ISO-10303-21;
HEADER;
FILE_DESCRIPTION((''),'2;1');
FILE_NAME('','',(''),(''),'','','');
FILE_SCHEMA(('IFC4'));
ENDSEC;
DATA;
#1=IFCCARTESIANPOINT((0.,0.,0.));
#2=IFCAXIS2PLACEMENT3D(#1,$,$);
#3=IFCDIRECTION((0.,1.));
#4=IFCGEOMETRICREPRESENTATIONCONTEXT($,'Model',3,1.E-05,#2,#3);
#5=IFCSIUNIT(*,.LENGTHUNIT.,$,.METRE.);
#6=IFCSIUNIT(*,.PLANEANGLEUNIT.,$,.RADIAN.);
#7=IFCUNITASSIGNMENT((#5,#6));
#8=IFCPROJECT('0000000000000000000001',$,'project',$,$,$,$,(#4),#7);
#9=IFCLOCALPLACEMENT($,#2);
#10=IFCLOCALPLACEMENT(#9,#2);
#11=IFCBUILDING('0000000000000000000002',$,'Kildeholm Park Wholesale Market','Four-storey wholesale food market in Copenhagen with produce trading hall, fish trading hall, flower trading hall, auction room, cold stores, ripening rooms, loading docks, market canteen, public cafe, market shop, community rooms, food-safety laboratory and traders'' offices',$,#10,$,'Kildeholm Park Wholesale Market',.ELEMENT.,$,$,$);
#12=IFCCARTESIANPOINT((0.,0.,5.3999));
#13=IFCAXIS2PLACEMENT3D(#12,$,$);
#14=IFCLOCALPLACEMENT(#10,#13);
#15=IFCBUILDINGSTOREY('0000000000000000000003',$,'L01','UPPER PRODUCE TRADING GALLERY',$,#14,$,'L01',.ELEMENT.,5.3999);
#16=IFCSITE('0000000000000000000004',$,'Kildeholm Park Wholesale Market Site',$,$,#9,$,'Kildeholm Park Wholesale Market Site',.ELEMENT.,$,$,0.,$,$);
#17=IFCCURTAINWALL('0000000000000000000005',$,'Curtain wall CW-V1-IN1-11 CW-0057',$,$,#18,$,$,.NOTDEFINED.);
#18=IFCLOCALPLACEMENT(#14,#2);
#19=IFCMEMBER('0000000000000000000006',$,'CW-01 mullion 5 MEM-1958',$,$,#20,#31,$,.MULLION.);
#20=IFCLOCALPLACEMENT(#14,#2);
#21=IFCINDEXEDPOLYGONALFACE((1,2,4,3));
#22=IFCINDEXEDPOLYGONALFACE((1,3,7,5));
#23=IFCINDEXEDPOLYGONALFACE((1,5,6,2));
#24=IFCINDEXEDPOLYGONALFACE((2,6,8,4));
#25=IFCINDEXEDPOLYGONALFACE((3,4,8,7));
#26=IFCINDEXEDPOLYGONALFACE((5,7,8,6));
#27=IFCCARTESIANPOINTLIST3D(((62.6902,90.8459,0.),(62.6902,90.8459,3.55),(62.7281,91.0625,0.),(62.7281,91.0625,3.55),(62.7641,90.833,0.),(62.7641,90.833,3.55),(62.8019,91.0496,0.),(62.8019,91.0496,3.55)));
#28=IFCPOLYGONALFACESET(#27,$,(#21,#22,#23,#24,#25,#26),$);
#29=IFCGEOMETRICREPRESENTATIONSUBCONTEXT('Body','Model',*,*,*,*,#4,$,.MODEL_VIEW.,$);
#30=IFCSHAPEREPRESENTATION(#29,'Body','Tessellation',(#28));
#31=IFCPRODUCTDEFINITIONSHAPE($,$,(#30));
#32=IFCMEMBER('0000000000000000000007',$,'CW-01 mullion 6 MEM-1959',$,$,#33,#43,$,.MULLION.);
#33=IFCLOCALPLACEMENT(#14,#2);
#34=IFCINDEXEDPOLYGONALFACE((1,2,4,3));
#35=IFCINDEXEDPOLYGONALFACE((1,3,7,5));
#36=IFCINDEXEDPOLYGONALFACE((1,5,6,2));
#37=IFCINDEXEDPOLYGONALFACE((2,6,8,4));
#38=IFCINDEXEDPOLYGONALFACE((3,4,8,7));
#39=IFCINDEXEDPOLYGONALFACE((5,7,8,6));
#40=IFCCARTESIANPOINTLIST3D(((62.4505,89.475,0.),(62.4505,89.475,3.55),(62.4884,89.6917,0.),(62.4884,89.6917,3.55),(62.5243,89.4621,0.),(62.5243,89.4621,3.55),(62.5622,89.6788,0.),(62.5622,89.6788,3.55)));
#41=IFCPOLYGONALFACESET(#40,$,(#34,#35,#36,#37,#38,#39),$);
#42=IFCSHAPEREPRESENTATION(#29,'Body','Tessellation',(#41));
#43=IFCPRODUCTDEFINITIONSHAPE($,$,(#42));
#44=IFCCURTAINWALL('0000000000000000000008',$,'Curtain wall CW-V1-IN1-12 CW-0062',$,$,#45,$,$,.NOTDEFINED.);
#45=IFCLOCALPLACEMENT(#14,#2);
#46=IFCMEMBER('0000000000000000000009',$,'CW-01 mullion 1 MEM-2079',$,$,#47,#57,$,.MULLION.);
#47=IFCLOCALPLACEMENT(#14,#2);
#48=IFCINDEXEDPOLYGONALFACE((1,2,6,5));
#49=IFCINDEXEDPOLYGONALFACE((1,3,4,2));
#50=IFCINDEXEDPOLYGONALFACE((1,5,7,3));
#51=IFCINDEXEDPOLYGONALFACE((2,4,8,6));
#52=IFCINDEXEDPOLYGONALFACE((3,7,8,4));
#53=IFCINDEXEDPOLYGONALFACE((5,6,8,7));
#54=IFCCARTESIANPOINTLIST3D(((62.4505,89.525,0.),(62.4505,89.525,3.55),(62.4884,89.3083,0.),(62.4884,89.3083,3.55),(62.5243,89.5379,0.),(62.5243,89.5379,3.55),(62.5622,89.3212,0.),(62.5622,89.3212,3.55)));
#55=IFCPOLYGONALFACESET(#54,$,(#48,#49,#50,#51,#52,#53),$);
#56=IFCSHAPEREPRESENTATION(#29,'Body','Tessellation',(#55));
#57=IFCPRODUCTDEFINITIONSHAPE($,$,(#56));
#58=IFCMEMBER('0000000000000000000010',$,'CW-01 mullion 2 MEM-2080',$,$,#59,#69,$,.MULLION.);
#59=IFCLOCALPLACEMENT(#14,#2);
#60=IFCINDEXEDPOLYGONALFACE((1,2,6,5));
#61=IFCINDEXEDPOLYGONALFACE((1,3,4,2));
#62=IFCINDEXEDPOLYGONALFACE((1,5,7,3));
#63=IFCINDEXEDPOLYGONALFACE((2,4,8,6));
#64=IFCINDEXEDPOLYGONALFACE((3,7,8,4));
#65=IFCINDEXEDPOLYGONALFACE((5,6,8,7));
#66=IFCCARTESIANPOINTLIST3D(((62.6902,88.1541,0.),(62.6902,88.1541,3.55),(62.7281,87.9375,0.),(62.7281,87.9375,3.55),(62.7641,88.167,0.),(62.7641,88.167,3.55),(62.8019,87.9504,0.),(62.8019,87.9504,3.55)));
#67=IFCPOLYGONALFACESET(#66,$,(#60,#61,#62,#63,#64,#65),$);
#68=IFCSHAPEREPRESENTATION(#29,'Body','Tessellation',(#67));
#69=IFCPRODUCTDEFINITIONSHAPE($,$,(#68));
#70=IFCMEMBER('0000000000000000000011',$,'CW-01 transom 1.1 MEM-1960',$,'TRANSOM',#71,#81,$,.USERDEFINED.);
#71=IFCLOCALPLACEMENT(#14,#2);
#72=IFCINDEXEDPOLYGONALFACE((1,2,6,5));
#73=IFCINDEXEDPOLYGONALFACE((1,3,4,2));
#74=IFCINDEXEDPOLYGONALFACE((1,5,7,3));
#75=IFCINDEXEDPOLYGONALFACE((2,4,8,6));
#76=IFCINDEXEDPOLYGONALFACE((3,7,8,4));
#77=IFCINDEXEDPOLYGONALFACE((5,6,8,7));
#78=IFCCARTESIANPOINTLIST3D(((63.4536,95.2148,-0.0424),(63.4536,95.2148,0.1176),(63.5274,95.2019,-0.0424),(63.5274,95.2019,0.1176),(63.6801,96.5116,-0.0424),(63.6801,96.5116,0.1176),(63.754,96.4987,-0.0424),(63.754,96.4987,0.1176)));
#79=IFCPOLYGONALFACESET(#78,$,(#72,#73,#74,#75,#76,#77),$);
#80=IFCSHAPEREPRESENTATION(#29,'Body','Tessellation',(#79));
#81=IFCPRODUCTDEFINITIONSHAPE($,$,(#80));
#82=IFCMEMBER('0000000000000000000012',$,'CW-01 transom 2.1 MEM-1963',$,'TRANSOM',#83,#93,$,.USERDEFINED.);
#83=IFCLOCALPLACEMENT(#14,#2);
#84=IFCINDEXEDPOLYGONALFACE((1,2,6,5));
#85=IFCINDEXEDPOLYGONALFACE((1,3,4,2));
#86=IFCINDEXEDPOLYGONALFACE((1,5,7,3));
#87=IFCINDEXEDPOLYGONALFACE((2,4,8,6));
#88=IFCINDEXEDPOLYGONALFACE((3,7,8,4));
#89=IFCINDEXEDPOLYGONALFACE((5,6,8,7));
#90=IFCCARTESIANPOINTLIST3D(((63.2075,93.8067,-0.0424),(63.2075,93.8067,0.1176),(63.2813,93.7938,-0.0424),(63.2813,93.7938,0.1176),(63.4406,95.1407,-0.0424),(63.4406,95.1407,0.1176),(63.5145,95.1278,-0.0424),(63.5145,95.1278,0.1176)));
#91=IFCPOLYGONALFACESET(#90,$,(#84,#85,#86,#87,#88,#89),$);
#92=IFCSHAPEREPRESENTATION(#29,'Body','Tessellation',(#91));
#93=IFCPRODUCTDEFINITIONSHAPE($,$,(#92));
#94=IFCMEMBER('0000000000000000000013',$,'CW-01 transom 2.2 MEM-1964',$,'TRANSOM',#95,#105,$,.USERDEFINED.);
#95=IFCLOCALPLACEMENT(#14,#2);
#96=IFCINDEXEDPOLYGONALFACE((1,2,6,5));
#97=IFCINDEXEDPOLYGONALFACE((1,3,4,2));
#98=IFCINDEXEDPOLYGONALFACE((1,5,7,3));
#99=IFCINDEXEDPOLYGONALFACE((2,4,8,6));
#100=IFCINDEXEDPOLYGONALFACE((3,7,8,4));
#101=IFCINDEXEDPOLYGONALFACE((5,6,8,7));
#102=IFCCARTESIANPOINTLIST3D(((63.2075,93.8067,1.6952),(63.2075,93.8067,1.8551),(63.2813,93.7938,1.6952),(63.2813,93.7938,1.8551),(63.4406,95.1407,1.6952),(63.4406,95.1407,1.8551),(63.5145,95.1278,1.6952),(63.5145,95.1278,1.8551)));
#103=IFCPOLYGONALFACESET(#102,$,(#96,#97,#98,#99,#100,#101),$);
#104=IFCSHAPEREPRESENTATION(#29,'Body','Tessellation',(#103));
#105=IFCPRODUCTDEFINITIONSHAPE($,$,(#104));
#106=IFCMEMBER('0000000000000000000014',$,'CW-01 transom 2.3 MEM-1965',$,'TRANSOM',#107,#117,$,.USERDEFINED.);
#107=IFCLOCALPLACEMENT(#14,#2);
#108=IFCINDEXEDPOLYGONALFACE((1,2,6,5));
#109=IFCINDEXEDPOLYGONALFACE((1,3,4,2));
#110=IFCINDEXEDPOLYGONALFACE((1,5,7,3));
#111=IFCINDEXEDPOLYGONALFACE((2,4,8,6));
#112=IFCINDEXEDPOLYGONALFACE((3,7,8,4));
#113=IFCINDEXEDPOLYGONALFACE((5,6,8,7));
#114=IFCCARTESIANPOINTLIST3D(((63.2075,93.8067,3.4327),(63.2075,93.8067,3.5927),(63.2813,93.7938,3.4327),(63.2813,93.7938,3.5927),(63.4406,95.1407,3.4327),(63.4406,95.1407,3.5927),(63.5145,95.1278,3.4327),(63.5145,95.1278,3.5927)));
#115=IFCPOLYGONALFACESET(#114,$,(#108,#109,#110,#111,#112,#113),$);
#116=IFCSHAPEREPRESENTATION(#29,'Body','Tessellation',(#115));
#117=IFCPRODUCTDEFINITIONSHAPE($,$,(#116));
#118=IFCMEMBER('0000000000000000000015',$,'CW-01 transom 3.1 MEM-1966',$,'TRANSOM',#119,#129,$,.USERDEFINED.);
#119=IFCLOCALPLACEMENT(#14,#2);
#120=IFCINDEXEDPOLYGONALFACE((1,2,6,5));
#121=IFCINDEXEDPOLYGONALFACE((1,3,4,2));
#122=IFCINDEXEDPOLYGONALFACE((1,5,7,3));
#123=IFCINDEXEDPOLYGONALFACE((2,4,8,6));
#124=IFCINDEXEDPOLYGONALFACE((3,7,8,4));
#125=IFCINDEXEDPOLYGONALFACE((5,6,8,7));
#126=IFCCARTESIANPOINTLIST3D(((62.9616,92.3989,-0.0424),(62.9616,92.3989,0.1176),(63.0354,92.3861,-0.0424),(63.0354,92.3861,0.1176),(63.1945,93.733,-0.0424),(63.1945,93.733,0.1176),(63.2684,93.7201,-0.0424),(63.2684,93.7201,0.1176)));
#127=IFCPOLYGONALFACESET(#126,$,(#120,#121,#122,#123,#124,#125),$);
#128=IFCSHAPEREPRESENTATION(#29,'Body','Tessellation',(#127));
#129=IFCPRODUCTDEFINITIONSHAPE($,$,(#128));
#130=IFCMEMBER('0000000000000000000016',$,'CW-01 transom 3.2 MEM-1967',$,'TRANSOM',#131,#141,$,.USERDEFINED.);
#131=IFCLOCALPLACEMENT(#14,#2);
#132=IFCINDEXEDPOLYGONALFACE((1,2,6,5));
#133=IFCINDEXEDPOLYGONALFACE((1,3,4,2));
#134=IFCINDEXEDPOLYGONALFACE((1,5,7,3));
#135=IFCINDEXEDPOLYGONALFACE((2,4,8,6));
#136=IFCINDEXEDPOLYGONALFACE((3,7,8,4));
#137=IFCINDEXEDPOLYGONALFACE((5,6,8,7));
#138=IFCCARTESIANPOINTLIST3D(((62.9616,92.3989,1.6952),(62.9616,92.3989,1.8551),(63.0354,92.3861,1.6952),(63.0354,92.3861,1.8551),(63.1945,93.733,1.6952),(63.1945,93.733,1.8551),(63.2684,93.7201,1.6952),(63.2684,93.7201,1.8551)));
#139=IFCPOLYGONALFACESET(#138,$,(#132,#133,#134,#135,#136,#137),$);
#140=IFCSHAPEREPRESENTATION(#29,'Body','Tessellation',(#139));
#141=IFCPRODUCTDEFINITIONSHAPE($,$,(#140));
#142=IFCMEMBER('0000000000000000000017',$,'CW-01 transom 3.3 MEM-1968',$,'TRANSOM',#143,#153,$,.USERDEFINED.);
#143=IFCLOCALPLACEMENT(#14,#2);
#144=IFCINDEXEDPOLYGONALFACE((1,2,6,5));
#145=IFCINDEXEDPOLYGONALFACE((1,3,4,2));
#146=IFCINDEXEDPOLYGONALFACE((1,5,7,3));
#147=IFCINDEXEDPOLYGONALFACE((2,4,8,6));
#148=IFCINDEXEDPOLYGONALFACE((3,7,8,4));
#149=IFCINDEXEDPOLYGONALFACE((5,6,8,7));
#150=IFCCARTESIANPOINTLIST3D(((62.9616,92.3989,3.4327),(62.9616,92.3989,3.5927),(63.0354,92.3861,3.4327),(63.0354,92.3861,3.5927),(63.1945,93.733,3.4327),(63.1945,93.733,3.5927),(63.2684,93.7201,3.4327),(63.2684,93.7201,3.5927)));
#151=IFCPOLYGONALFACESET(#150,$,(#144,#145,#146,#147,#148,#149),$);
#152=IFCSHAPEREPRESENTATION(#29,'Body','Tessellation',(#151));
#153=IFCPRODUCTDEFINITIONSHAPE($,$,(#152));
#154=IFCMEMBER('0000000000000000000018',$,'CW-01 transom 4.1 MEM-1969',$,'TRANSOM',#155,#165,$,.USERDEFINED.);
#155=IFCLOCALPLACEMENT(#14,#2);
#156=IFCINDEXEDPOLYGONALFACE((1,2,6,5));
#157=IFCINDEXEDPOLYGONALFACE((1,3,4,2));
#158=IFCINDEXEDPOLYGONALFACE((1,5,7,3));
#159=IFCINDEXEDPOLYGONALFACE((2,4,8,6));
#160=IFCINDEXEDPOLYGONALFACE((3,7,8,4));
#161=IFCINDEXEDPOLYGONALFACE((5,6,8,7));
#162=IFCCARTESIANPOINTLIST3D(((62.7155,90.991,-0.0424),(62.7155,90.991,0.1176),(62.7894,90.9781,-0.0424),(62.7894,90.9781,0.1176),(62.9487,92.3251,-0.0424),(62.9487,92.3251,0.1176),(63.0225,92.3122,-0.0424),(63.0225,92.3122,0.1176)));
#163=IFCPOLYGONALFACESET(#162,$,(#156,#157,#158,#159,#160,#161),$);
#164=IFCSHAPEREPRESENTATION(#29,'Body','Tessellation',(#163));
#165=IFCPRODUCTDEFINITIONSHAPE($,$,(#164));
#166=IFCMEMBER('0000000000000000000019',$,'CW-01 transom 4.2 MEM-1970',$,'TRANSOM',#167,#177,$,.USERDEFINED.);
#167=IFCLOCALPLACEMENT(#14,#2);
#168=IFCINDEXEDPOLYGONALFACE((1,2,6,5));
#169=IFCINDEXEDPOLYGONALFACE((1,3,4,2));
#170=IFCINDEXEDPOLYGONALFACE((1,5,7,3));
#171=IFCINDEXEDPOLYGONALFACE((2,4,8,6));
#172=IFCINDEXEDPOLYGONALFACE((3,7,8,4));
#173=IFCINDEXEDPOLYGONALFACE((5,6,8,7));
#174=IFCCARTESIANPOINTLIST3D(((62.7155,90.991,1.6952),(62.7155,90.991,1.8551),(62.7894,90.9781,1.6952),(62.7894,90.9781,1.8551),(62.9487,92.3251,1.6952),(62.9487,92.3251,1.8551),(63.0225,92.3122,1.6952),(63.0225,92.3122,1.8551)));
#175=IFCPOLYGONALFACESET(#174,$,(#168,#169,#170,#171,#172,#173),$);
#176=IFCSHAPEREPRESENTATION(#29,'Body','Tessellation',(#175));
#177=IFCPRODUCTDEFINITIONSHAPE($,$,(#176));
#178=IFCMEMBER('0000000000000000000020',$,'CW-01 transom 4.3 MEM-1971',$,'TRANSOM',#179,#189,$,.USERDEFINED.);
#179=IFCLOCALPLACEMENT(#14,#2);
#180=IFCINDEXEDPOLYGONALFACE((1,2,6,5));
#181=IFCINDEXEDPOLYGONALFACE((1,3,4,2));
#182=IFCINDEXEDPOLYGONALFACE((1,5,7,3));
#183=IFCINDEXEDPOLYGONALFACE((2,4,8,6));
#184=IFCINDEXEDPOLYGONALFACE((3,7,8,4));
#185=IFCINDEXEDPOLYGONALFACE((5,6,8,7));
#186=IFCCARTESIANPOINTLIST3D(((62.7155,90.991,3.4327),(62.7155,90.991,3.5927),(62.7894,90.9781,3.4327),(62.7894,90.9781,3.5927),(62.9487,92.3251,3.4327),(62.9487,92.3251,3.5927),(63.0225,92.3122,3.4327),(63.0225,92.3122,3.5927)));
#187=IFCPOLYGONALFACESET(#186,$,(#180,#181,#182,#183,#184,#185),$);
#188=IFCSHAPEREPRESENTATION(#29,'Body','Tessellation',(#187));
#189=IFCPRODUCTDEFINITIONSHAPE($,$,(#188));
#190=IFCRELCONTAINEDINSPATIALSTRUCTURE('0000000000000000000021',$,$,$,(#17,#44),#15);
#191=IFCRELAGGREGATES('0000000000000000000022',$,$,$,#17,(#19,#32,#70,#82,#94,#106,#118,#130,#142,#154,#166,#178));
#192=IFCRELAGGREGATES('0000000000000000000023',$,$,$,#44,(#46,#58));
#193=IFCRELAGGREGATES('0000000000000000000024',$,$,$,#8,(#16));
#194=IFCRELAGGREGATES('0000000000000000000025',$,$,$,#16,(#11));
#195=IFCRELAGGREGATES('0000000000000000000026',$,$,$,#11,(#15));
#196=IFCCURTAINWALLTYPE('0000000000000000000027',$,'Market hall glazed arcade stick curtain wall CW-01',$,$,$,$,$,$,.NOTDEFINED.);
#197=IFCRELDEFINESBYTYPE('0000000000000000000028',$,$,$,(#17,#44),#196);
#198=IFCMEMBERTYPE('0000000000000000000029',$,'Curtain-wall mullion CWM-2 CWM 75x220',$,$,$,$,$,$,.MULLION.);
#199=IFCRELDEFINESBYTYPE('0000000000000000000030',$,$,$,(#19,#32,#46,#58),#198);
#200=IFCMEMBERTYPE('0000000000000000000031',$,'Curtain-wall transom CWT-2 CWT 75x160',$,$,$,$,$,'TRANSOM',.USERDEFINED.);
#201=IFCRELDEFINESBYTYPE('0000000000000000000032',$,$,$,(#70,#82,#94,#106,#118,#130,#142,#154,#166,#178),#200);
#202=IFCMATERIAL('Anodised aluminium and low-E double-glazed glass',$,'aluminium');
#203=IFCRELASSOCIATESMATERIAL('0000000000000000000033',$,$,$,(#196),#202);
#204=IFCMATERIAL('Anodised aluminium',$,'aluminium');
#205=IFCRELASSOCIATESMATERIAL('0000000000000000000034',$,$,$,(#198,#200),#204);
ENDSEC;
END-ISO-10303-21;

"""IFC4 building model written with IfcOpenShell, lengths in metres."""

from ifc_helpers import new_model, si_unit, direction, frame, origin, origin_2d, place, context, subcontext, project, spatial, rectangle, extrude, material, material_profile, profile_set, type_object, element, aggregate, save


model = new_model("IFC4")

# Units and contexts
model_context = context("Model", 3, precision=1e-05, world=origin(), true_north=direction((0.0, 1.0)))
body_context = subcontext(model_context, "Body", "Model", "MODEL_VIEW")
ifc_project = project(units=[si_unit("LENGTHUNIT", "METRE"), si_unit("PLANEANGLEUNIT", "RADIAN")], contexts=[model_context])

# Site, building, storey
site_placement = place(None, origin())
site = spatial("IfcSite", under=ifc_project, at=site_placement, Name="Kildeholm Park Wholesale Market Site", LongName="Kildeholm Park Wholesale Market Site", CompositionType="ELEMENT", RefElevation=0.0)
building_placement = place(site_placement, origin())
building = spatial("IfcBuilding", under=site, at=building_placement, Name="Kildeholm Park Wholesale Market", Description="Four-storey wholesale food market in Copenhagen with produce trading hall, fish trading hall, flower trading hall, auction room, cold stores, ripening rooms, loading docks, market canteen, public cafe, market shop, community rooms, food-safety laboratory and traders' offices", LongName="Kildeholm Park Wholesale Market", CompositionType="ELEMENT")
storey_placement = place(building_placement, frame((0.0, 0.0, 5.3999)))
storey = spatial("IfcBuildingStorey", under=building, at=storey_placement, Name="L01", Description="UPPER PRODUCE TRADING GALLERY", LongName="L01", CompositionType="ELEMENT", Elevation=5.3999)

# Curtain walls, members
ifc_material_1 = material(Name="Anodised aluminium and low-E double-glazed glass", Category="aluminium")
curtain_wall_type = type_object("IfcCurtainWallType", Name="Market hall glazed arcade stick curtain wall CW-01", PredefinedType="NOTDEFINED", material=ifc_material_1)
curtain_wall_1_placement = place(storey_placement, origin())
curtain_wall_1 = element("IfcCurtainWall", 1, at=curtain_wall_1_placement, inside=storey, type_object=curtain_wall_type, Name="Curtain wall CW-V1-IN1-11 CW-0057", PredefinedType="NOTDEFINED")
ifc_material_2 = material(Name="Anodised aluminium", Category="aluminium")
ifc_material_profile_1 = material_profile(ifc_material_2, rectangle(XDim=0.075, YDim=0.22, at=origin_2d()), Name="CWM 75x220")
ifc_profile_set_1 = profile_set([ifc_material_profile_1], Name="Anodised aluminium")
member_type_1 = type_object("IfcMemberType", Name="Curtain-wall mullion CWM-2 CWM 75x220", PredefinedType="MULLION", material=ifc_profile_set_1)
member_1_placement = place(storey_placement, frame((62.7461, 90.9478, 0.0), z_axis=(0.0, 0.0, 1.0), x_axis=(0.985074, -0.172133, 0.0)))
member_1 = element("IfcMember", 2, at=member_1_placement, type_object=member_type_1, Name="CW-01 mullion 5 MEM-1958", PredefinedType="MULLION", context=body_context, shape_type="SweptSolid", body=[
    extrude(rectangle(XDim=0.075, YDim=0.22, at=origin_2d()), origin(), (0.0, 0.0, 1.0), 3.55),
])
member_2_placement = place(storey_placement, frame((62.5063, 89.5769, 0.0), z_axis=(0.0, 0.0, 1.0), x_axis=(0.985074, -0.172133, 0.0)))
member_2 = element("IfcMember", 3, at=member_2_placement, type_object=member_type_1, Name="CW-01 mullion 6 MEM-1959", PredefinedType="MULLION", context=body_context, shape_type="SweptSolid", body=[
    extrude(rectangle(XDim=0.075, YDim=0.22, at=origin_2d()), origin(), (0.0, 0.0, 1.0), 3.55),
])
curtain_wall_2_placement = place(storey_placement, origin())
curtain_wall_2 = element("IfcCurtainWall", 4, at=curtain_wall_2_placement, inside=storey, type_object=curtain_wall_type, Name="Curtain wall CW-V1-IN1-12 CW-0062", PredefinedType="NOTDEFINED")
member_3_placement = place(storey_placement, frame((62.5063, 89.4231, 0.0), z_axis=(0.0, 0.0, 1.0), x_axis=(0.985074, 0.172133, 0.0)))
member_3 = element("IfcMember", 5, at=member_3_placement, type_object=member_type_1, Name="CW-01 mullion 1 MEM-2079", PredefinedType="MULLION", context=body_context, shape_type="SweptSolid", body=[
    extrude(rectangle(XDim=0.075, YDim=0.22, at=origin_2d()), origin(), (0.0, 0.0, 1.0), 3.55),
])
member_4_placement = place(storey_placement, frame((62.7461, 88.0522, 0.0), z_axis=(0.0, 0.0, 1.0), x_axis=(0.985074, 0.172133, 0.0)))
member_4 = element("IfcMember", 6, at=member_4_placement, type_object=member_type_1, Name="CW-01 mullion 2 MEM-2080", PredefinedType="MULLION", context=body_context, shape_type="SweptSolid", body=[
    extrude(rectangle(XDim=0.075, YDim=0.22, at=origin_2d()), origin(), (0.0, 0.0, 1.0), 3.55),
])

# Members
ifc_material_profile_2 = material_profile(ifc_material_2, rectangle(XDim=0.075, YDim=0.1599, at=origin_2d()), Name="CWT 75x160")
ifc_profile_set_2 = profile_set([ifc_material_profile_2], Name="Anodised aluminium")
member_type_2 = type_object("IfcMemberType", Name="Curtain-wall transom CWT-2 CWT 75x160", ElementType="TRANSOM", PredefinedType="USERDEFINED", material=ifc_profile_set_2)
member_5_placement = place(storey_placement, frame((63.717, 96.5051, 0.0376), z_axis=(-0.172092, -0.985081, 0.0), x_axis=(0.985081, -0.172092, 0.0)))
member_5 = element("IfcMember", 7, at=member_5_placement, type_object=member_type_2, Name="CW-01 transom 1.1 MEM-1960", ObjectType="TRANSOM", PredefinedType="USERDEFINED", context=body_context, shape_type="SweptSolid", body=[
    extrude(rectangle(XDim=0.075, YDim=0.1599, at=origin_2d()), origin(), (0.0, 0.0, 1.0), 1.3164),
])
member_6_placement = place(storey_placement, frame((63.4775, 95.1343, 0.0376), z_axis=(-0.17217, -0.985067, 0.0), x_axis=(0.985067, -0.17217, 0.0)))
member_6 = element("IfcMember", 8, at=member_6_placement, type_object=member_type_2, Name="CW-01 transom 2.1 MEM-1963", ObjectType="TRANSOM", PredefinedType="USERDEFINED", context=body_context, shape_type="SweptSolid", body=[
    extrude(rectangle(XDim=0.075, YDim=0.1599, at=origin_2d()), origin(), (0.0, 0.0, 1.0), 1.3542),
])
member_7_placement = place(storey_placement, frame((63.4775, 95.1343, 1.7751), z_axis=(-0.17217, -0.985067, 0.0), x_axis=(0.985067, -0.17217, 0.0)))
member_7 = element("IfcMember", 9, at=member_7_placement, type_object=member_type_2, Name="CW-01 transom 2.2 MEM-1964", ObjectType="TRANSOM", PredefinedType="USERDEFINED", context=body_context, shape_type="SweptSolid", body=[
    extrude(rectangle(XDim=0.075, YDim=0.1599, at=origin_2d()), origin(), (0.0, 0.0, 1.0), 1.3542),
])
member_8_placement = place(storey_placement, frame((63.4775, 95.1343, 3.5127), z_axis=(-0.17217, -0.985067, 0.0), x_axis=(0.985067, -0.17217, 0.0)))
member_8 = element("IfcMember", 10, at=member_8_placement, type_object=member_type_2, Name="CW-01 transom 2.3 MEM-1965", ObjectType="TRANSOM", PredefinedType="USERDEFINED", context=body_context, shape_type="SweptSolid", body=[
    extrude(rectangle(XDim=0.075, YDim=0.1599, at=origin_2d()), origin(), (0.0, 0.0, 1.0), 1.3542),
])
member_9_placement = place(storey_placement, frame((63.2314, 93.7266, 0.0376), z_axis=(-0.171995, -0.985098, 0.0), x_axis=(0.985098, -0.171995, 0.0)))
member_9 = element("IfcMember", 11, at=member_9_placement, type_object=member_type_2, Name="CW-01 transom 3.1 MEM-1966", ObjectType="TRANSOM", PredefinedType="USERDEFINED", context=body_context, shape_type="SweptSolid", body=[
    extrude(rectangle(XDim=0.075, YDim=0.1599, at=origin_2d()), origin(), (0.0, 0.0, 1.0), 1.3542),
])
member_10_placement = place(storey_placement, frame((63.2314, 93.7266, 1.7751), z_axis=(-0.171995, -0.985098, 0.0), x_axis=(0.985098, -0.171995, 0.0)))
member_10 = element("IfcMember", 12, at=member_10_placement, type_object=member_type_2, Name="CW-01 transom 3.2 MEM-1967", ObjectType="TRANSOM", PredefinedType="USERDEFINED", context=body_context, shape_type="SweptSolid", body=[
    extrude(rectangle(XDim=0.075, YDim=0.1599, at=origin_2d()), origin(), (0.0, 0.0, 1.0), 1.3542),
])
member_11_placement = place(storey_placement, frame((63.2314, 93.7266, 3.5127), z_axis=(-0.171995, -0.985098, 0.0), x_axis=(0.985098, -0.171995, 0.0)))
member_11 = element("IfcMember", 13, at=member_11_placement, type_object=member_type_2, Name="CW-01 transom 3.3 MEM-1968", ObjectType="TRANSOM", PredefinedType="USERDEFINED", context=body_context, shape_type="SweptSolid", body=[
    extrude(rectangle(XDim=0.075, YDim=0.1599, at=origin_2d()), origin(), (0.0, 0.0, 1.0), 1.3542),
])
member_12_placement = place(storey_placement, frame((62.9856, 92.3186, 0.0376), z_axis=(-0.17217, -0.985067, 0.0), x_axis=(0.985067, -0.17217, 0.0)))
member_12 = element("IfcMember", 14, at=member_12_placement, type_object=member_type_2, Name="CW-01 transom 4.1 MEM-1969", ObjectType="TRANSOM", PredefinedType="USERDEFINED", context=body_context, shape_type="SweptSolid", body=[
    extrude(rectangle(XDim=0.075, YDim=0.1599, at=origin_2d()), origin(), (0.0, 0.0, 1.0), 1.3542),
])
member_13_placement = place(storey_placement, frame((62.9856, 92.3186, 1.7751), z_axis=(-0.17217, -0.985067, 0.0), x_axis=(0.985067, -0.17217, 0.0)))
member_13 = element("IfcMember", 15, at=member_13_placement, type_object=member_type_2, Name="CW-01 transom 4.2 MEM-1970", ObjectType="TRANSOM", PredefinedType="USERDEFINED", context=body_context, shape_type="SweptSolid", body=[
    extrude(rectangle(XDim=0.075, YDim=0.1599, at=origin_2d()), origin(), (0.0, 0.0, 1.0), 1.3542),
])
member_14_placement = place(storey_placement, frame((62.9856, 92.3186, 3.5127), z_axis=(-0.17217, -0.985067, 0.0), x_axis=(0.985067, -0.17217, 0.0)))
member_14 = element("IfcMember", 16, at=member_14_placement, type_object=member_type_2, Name="CW-01 transom 4.3 MEM-1971", ObjectType="TRANSOM", PredefinedType="USERDEFINED", context=body_context, shape_type="SweptSolid", body=[
    extrude(rectangle(XDim=0.075, YDim=0.1599, at=origin_2d()), origin(), (0.0, 0.0, 1.0), 1.3542),
])

aggregate(curtain_wall_1, [member_1, member_2, member_5, member_6, member_7, member_8, member_9, member_10, member_11, member_12, member_13, member_14])
aggregate(curtain_wall_2, [member_3, member_4])

save(model, "model.ifc")
